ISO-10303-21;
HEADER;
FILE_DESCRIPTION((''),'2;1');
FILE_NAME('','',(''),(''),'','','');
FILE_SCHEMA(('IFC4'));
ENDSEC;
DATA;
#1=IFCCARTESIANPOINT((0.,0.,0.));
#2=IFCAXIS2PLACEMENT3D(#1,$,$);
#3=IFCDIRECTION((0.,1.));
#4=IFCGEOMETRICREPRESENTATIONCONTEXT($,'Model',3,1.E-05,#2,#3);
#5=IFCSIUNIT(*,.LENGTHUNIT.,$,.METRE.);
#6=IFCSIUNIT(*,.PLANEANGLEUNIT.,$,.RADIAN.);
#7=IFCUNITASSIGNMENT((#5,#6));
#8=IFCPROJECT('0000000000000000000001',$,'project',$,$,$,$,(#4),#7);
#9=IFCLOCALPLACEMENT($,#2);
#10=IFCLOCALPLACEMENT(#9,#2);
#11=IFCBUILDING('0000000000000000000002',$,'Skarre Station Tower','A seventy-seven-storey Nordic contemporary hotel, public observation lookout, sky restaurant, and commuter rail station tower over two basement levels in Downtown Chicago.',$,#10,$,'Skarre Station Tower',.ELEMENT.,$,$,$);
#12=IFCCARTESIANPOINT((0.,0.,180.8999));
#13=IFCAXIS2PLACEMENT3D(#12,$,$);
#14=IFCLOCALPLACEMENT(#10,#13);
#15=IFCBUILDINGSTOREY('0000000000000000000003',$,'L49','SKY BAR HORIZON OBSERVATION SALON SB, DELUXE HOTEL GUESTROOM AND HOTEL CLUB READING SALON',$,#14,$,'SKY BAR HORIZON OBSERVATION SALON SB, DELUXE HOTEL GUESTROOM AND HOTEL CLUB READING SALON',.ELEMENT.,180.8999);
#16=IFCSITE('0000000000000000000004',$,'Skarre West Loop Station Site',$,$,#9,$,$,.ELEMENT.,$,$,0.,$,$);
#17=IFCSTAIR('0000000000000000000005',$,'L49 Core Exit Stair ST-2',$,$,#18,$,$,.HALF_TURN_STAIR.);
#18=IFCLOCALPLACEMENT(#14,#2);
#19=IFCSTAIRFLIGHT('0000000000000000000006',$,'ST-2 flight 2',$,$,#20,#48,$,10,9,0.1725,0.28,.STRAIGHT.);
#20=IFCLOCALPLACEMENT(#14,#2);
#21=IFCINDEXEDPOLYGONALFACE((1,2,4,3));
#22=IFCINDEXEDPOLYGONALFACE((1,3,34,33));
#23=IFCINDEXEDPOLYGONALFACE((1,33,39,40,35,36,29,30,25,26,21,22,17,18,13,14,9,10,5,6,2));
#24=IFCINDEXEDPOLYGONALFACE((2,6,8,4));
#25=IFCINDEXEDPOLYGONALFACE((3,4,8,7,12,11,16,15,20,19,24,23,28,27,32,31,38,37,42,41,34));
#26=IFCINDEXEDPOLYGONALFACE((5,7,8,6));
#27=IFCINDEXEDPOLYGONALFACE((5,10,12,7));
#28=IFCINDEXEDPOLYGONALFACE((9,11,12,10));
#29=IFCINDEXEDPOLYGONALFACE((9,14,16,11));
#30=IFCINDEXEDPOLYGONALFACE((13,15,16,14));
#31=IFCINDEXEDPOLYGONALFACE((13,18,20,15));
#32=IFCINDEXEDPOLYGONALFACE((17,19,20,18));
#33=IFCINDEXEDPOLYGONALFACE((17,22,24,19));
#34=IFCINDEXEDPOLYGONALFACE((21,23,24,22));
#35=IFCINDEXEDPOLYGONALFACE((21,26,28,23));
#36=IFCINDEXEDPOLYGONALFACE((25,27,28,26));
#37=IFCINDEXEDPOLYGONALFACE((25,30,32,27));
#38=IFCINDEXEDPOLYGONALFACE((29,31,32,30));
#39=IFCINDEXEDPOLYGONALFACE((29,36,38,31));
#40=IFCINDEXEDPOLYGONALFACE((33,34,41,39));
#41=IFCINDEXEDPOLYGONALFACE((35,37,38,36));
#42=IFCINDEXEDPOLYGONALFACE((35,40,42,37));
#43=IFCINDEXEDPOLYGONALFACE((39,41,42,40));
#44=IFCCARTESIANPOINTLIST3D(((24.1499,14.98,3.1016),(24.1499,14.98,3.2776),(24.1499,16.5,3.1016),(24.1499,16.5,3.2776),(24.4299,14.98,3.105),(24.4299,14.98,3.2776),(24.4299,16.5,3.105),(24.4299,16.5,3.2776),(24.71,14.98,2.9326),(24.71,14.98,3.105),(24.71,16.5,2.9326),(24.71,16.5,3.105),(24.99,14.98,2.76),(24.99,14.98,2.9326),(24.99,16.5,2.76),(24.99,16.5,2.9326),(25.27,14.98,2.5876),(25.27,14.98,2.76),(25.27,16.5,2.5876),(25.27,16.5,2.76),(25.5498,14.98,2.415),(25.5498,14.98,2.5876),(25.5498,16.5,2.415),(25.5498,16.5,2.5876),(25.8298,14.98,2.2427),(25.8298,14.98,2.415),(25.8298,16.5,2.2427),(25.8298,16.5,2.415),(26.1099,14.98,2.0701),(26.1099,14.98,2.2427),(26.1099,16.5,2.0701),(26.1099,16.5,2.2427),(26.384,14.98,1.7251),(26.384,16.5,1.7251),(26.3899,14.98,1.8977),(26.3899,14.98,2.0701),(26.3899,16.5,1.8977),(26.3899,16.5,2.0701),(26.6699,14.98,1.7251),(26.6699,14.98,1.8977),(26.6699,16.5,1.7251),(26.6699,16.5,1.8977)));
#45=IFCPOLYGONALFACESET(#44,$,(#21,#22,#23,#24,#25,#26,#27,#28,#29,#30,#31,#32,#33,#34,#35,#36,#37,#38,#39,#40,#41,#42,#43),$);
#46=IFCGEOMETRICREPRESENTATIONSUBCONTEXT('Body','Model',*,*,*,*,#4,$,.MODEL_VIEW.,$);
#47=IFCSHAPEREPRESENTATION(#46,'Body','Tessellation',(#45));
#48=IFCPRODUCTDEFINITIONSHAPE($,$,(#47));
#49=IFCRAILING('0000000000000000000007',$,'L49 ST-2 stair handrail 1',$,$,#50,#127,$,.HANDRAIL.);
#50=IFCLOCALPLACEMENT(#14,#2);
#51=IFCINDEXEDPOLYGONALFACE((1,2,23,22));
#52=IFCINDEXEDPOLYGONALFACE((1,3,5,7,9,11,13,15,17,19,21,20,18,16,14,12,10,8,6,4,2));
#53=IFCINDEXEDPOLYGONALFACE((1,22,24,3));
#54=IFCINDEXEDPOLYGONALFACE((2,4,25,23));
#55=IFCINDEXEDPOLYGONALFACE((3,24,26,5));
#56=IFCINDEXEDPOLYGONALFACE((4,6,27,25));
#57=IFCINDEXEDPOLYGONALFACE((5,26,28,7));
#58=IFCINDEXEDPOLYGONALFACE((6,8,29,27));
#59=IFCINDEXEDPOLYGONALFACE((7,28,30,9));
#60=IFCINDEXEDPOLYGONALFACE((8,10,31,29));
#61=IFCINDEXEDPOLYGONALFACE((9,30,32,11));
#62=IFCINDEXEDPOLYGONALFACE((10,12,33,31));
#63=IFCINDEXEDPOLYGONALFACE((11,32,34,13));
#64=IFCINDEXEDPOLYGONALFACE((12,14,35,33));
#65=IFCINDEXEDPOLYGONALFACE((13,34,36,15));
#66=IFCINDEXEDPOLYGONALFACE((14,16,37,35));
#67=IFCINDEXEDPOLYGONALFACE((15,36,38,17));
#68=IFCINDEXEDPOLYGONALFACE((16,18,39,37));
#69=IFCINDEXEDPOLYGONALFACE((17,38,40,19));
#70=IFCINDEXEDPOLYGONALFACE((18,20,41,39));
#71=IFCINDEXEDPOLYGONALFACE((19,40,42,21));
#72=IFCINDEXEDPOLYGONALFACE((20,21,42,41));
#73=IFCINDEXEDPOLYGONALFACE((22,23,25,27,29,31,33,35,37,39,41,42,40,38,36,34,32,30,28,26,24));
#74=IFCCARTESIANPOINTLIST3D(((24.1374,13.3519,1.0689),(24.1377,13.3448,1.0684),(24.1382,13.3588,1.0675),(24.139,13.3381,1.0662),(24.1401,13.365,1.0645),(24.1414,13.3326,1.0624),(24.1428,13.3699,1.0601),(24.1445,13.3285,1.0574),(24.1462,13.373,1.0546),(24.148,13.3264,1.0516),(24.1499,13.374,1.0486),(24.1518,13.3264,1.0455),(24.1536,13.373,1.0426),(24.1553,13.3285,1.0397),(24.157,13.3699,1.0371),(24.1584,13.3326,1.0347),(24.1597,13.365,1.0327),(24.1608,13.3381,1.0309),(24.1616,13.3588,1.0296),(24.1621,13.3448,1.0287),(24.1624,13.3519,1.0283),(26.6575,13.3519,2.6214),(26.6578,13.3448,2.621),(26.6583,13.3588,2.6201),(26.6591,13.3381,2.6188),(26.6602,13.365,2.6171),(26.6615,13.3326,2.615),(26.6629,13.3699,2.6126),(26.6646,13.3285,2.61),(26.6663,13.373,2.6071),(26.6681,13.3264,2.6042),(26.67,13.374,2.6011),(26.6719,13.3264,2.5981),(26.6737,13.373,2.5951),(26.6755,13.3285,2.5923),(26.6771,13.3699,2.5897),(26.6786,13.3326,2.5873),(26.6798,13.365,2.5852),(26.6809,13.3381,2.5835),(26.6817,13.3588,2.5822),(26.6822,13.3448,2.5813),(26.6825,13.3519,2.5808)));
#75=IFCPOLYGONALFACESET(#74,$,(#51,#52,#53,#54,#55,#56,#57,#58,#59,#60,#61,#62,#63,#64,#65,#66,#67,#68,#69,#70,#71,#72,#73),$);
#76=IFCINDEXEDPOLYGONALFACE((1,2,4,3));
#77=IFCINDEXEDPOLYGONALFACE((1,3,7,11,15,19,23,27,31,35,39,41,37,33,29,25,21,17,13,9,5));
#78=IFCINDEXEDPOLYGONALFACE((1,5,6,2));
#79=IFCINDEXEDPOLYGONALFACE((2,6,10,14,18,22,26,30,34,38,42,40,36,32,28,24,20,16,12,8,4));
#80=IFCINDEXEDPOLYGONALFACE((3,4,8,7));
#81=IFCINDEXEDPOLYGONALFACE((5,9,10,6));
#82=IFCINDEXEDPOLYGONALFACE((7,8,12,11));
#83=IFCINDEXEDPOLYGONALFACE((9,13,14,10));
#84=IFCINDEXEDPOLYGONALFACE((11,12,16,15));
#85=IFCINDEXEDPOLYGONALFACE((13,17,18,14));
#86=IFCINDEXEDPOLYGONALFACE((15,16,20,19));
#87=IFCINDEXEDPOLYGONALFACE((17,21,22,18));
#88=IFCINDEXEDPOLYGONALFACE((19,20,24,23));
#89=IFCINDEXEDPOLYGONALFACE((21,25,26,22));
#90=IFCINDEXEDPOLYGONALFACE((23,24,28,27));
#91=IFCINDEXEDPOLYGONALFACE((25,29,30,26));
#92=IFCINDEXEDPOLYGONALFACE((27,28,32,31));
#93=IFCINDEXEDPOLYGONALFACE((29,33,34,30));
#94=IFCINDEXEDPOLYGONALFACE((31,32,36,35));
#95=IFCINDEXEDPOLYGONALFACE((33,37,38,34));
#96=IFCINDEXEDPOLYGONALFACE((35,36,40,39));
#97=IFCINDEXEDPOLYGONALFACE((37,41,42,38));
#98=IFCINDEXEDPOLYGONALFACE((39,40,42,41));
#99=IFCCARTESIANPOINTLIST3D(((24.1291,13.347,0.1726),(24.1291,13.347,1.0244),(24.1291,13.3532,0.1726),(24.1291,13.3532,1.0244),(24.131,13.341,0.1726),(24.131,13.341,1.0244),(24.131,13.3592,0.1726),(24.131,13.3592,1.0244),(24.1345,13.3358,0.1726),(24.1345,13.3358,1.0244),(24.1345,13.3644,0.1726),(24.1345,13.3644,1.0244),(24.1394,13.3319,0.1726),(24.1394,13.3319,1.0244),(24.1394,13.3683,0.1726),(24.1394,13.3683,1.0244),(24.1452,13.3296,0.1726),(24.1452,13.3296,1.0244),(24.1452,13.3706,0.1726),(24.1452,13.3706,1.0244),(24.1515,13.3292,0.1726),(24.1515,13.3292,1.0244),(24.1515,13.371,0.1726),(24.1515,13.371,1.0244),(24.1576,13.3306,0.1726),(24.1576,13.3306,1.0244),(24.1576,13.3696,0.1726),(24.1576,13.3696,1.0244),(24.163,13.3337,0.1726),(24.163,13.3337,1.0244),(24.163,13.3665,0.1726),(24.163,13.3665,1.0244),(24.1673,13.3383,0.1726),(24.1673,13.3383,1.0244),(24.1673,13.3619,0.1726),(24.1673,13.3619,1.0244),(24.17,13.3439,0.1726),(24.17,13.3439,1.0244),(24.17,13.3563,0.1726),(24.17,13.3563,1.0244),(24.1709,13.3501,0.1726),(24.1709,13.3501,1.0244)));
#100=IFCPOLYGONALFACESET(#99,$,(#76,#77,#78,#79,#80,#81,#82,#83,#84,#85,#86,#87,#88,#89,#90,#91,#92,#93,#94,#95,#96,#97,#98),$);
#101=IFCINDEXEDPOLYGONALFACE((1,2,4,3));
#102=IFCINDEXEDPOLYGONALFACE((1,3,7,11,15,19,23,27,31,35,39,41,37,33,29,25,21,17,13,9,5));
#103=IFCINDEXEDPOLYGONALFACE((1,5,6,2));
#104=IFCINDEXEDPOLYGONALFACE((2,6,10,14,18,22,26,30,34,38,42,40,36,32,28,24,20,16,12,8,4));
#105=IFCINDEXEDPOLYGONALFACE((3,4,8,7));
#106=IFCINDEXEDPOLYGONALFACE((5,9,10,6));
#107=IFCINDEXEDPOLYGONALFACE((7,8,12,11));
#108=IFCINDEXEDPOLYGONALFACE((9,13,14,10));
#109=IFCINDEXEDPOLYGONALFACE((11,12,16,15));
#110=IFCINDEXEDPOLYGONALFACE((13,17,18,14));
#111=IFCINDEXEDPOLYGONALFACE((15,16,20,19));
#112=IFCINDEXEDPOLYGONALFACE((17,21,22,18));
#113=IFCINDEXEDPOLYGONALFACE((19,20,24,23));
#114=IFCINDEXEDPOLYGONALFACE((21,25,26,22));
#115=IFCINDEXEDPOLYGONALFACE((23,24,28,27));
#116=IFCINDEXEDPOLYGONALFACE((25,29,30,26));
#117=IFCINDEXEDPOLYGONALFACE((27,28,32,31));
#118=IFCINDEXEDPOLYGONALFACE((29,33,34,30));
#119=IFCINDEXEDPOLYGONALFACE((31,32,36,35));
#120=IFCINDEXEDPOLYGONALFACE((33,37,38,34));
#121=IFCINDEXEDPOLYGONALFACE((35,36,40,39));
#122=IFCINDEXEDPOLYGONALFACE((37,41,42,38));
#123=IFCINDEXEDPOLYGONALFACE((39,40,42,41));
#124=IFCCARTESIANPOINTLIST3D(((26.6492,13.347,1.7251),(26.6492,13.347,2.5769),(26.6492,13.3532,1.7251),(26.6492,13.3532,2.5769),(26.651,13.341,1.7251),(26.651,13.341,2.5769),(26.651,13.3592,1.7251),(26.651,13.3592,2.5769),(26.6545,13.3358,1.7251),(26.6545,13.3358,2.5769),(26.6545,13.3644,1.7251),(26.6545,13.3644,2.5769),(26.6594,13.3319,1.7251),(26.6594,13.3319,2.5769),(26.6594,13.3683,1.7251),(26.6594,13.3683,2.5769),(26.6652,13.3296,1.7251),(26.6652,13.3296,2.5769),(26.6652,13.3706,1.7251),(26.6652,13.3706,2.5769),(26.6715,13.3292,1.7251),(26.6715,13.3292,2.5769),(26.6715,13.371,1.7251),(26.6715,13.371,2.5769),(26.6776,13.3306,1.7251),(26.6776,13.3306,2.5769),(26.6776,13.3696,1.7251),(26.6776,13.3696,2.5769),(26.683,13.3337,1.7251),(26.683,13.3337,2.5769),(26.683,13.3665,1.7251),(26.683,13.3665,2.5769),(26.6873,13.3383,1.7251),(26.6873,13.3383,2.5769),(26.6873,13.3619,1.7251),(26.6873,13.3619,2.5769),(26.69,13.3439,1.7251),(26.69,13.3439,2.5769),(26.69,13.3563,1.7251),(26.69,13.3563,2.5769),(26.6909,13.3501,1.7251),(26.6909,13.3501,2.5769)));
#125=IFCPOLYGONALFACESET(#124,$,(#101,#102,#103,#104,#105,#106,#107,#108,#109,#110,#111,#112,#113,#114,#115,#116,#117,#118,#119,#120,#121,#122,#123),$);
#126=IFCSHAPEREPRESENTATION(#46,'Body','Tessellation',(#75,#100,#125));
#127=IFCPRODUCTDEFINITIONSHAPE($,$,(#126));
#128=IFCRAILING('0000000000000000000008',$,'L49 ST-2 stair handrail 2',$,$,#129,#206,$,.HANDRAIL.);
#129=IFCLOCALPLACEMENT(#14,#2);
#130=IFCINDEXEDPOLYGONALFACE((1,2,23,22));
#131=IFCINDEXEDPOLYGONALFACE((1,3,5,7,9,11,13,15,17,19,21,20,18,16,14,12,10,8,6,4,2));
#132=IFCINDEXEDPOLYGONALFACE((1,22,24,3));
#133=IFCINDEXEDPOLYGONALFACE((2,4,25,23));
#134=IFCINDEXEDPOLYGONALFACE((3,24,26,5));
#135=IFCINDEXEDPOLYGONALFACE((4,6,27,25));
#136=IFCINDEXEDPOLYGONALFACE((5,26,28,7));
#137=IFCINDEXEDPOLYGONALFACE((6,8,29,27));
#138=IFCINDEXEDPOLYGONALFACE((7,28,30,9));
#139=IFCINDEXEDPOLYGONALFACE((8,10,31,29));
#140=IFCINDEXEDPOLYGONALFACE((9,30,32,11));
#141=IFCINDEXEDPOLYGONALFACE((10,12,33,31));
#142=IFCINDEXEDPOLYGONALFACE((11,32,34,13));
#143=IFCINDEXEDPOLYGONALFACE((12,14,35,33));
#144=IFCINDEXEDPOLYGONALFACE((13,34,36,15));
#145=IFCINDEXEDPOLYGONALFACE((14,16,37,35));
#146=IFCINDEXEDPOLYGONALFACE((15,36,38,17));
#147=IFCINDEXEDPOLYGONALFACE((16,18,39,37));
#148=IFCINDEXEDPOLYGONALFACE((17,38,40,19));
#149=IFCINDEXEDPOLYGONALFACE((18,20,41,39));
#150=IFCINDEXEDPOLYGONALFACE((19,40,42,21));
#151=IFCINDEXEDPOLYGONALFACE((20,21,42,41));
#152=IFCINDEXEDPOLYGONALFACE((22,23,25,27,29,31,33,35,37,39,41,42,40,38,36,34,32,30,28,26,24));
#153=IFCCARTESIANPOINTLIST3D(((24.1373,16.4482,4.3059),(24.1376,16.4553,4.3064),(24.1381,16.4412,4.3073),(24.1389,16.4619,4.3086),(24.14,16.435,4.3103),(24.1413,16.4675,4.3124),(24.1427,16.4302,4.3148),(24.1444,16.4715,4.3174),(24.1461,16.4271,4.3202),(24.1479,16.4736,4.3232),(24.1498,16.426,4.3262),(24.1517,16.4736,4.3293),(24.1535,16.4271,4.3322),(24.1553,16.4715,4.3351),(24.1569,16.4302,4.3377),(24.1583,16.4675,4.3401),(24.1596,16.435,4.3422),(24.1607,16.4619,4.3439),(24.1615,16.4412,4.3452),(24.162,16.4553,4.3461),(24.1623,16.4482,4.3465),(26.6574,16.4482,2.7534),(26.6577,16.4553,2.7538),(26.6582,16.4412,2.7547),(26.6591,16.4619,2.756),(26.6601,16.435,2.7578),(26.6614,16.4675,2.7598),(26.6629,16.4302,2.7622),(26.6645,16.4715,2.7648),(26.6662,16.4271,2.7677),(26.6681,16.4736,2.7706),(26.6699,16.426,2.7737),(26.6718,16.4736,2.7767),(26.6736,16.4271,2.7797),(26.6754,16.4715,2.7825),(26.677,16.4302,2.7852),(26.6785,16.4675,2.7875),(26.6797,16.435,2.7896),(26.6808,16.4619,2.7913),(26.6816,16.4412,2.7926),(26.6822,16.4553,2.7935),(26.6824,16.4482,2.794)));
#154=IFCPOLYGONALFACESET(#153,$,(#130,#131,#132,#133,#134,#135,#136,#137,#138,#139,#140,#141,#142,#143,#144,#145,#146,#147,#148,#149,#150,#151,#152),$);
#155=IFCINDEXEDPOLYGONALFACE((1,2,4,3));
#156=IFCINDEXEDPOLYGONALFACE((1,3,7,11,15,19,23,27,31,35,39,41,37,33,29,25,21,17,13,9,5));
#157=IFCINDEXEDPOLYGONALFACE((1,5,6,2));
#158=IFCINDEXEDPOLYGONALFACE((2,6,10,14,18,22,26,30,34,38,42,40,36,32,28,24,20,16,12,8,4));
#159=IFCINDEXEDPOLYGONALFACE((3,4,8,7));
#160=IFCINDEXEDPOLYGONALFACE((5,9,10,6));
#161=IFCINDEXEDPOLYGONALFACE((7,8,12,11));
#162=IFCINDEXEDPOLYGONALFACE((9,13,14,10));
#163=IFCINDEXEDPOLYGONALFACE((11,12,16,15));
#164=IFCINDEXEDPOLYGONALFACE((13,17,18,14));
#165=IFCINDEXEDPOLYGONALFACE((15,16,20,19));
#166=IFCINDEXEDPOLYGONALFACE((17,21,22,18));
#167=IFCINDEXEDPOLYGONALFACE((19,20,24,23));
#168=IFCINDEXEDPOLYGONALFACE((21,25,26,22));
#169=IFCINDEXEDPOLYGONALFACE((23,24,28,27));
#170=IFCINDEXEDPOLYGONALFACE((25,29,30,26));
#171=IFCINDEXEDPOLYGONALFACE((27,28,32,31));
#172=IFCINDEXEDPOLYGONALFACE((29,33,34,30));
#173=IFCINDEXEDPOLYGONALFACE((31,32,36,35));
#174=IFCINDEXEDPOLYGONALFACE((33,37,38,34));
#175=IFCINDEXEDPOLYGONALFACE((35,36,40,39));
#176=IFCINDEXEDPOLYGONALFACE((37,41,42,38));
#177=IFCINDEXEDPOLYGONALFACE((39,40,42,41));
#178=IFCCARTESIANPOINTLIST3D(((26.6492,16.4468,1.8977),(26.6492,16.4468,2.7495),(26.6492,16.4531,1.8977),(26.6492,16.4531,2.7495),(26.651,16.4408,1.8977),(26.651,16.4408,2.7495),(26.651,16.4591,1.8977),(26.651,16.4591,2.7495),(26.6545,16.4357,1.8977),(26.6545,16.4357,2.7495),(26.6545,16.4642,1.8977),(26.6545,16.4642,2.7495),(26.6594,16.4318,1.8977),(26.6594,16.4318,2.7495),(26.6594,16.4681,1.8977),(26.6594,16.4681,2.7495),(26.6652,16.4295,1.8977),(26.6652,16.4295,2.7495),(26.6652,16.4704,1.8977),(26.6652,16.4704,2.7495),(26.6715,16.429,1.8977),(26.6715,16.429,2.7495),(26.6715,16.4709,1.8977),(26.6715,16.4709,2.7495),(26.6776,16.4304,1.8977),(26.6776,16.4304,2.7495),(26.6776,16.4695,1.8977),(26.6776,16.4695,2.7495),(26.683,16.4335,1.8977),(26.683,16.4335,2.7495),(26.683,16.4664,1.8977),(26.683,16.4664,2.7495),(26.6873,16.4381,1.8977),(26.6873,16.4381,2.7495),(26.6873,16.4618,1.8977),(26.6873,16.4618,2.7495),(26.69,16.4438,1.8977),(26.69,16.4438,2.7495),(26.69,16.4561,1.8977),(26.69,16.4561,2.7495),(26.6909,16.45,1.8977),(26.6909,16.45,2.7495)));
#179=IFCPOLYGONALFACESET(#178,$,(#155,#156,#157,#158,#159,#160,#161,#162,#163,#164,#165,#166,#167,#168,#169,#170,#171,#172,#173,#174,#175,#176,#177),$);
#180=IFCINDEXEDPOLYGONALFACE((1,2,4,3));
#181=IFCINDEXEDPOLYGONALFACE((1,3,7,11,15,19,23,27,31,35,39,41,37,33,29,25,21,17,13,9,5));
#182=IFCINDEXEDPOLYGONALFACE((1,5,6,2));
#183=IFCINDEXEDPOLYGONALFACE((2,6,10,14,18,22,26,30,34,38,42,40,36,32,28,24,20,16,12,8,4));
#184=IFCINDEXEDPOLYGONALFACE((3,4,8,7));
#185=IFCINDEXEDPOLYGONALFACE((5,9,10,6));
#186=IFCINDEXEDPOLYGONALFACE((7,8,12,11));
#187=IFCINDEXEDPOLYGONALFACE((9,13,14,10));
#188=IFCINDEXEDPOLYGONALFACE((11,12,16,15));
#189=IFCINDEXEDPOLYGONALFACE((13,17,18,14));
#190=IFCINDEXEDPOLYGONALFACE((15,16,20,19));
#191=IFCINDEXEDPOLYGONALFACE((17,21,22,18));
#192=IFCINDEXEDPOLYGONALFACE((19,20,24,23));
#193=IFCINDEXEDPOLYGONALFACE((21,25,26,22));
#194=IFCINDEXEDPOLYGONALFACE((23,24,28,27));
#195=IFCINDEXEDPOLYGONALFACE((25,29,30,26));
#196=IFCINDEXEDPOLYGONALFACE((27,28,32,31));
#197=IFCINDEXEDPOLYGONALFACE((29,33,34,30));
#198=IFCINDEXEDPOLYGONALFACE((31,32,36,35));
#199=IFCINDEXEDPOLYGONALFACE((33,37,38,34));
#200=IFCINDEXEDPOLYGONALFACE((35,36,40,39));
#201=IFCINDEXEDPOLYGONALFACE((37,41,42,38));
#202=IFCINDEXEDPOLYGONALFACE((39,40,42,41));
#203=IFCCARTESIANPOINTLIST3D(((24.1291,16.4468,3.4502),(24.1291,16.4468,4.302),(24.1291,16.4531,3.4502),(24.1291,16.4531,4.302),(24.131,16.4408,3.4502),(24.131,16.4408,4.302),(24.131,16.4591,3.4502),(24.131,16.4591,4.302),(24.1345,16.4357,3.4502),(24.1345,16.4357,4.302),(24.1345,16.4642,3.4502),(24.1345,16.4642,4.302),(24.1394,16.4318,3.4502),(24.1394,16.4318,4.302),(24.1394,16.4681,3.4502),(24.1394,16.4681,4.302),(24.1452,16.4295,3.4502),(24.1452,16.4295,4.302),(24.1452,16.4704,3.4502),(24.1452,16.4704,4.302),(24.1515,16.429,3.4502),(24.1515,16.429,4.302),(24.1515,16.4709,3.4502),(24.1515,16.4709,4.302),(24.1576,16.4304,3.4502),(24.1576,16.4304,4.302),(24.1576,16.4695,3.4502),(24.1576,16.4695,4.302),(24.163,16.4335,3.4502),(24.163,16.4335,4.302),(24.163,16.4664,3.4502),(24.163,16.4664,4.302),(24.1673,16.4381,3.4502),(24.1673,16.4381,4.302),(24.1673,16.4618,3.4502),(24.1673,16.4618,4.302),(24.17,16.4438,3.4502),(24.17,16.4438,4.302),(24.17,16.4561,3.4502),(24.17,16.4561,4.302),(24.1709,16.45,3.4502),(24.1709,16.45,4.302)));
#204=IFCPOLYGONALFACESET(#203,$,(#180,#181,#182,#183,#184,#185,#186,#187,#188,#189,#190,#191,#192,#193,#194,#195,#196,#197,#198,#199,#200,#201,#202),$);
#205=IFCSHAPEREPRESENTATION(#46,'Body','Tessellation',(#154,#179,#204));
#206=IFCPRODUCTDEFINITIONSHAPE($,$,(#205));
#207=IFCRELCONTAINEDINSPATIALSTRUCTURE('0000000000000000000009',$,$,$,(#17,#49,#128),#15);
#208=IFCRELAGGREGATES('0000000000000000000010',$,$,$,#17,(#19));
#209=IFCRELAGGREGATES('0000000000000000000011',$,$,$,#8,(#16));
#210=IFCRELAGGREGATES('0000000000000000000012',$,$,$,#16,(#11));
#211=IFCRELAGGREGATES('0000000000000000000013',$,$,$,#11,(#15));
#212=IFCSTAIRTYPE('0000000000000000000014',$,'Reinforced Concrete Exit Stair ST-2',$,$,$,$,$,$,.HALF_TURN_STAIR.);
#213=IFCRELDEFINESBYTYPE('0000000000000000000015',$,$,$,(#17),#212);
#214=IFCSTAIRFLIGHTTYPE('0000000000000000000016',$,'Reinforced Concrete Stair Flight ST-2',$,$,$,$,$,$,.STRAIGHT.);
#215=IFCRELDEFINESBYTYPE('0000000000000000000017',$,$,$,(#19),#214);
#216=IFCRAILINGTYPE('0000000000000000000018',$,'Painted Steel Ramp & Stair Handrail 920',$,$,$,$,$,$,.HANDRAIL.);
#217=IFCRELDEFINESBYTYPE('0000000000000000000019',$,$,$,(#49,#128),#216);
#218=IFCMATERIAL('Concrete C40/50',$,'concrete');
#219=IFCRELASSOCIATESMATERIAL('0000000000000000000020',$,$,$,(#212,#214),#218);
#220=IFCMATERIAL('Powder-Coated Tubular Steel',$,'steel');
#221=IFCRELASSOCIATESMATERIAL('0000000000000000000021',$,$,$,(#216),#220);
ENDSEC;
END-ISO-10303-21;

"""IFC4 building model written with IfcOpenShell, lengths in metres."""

from ifc_helpers import new_model, si_unit, direction, frame, origin, origin_2d, place, context, subcontext, project, spatial, polyline, circle, outline, extrude, material, type_object, element, aggregate, save


model = new_model("IFC4")

# Units and contexts
model_context = context("Model", 3, precision=1e-05, world=origin(), true_north=direction((0.0, 1.0)))
body_context = subcontext(model_context, "Body", "Model", "MODEL_VIEW")
ifc_project = project(units=[si_unit("LENGTHUNIT", "METRE"), si_unit("PLANEANGLEUNIT", "RADIAN")], contexts=[model_context])

# Site, building, storey
site_placement = place(None, origin())
site = spatial("IfcSite", under=ifc_project, at=site_placement, Name="Skarre West Loop Station Site", CompositionType="ELEMENT", RefElevation=0.0)
building_placement = place(site_placement, origin())
building = spatial("IfcBuilding", under=site, at=building_placement, Name="Skarre Station Tower", Description="A seventy-seven-storey Nordic contemporary hotel, public observation lookout, sky restaurant, and commuter rail station tower over two basement levels in Downtown Chicago.", LongName="Skarre Station Tower", CompositionType="ELEMENT")
storey_placement = place(building_placement, frame((0.0, 0.0, 180.8999)))
storey = spatial("IfcBuildingStorey", under=building, at=storey_placement, Name="L49", Description="SKY BAR HORIZON OBSERVATION SALON SB, DELUXE HOTEL GUESTROOM AND HOTEL CLUB READING SALON", LongName="SKY BAR HORIZON OBSERVATION SALON SB, DELUXE HOTEL GUESTROOM AND HOTEL CLUB READING SALON", CompositionType="ELEMENT", Elevation=180.8999)

# Stair, stair flight
ifc_material_1 = material(Name="Concrete C40/50", Category="concrete")
stair_type = type_object("IfcStairType", Name="Reinforced Concrete Exit Stair ST-2", PredefinedType="HALF_TURN_STAIR", material=ifc_material_1)
stair_placement = place(storey_placement, origin())
stair = element("IfcStair", 1, at=stair_placement, inside=storey, type_object=stair_type, Name="L49 Core Exit Stair ST-2", PredefinedType="HALF_TURN_STAIR")
stair_flight_type = type_object("IfcStairFlightType", Name="Reinforced Concrete Stair Flight ST-2", PredefinedType="STRAIGHT", material=ifc_material_1)
stair_flight_1_placement = place(storey_placement, frame((26.6699, 15.74, 1.7251), z_axis=(0.0, 0.0, 1.0), x_axis=(-1.0, 0.0, 0.0)))
stair_flight_1 = element("IfcStairFlight", 2, at=stair_flight_1_placement, type_object=stair_flight_type, Name="ST-2 flight 2", NumberOfRisers=10, NumberOfTreads=9, PredefinedType="STRAIGHT", RiserHeight=0.1725, TreadLength=0.28, context=body_context, shape_type="SweptSolid", body=[
    extrude(outline(polyline([(0.0, 0.0), (0.0, 0.1726), (0.28, 0.1726), (0.28, 0.345), (0.5601, 0.345), (0.5601, 0.5176), (0.8401, 0.5176), (0.8401, 0.6899), (1.1201, 0.6899), (1.1201, 0.8625), (1.3999, 0.8625), (1.3999, 1.0349), (1.6799, 1.0349), (1.6799, 1.2075), (1.96, 1.2075), (1.96, 1.3799), (2.24, 1.3799), (2.24, 1.5525), (2.52, 1.5525), (2.52, 1.7251), (2.52, 1.3765), (0.2859, 0.0), (0.0, 0.0)])), frame((0.0, 0.76, 0.0), z_axis=(0.0, -1.0, 0.0), x_axis=(1.0, 0.0, 0.0)), (0.0, 0.0, 1.0), 1.52),
])
aggregate(stair, [stair_flight_1])

# Railings
ifc_material_2 = material(Name="Powder-Coated Tubular Steel", Category="steel")
railing_type_1 = type_object("IfcRailingType", Name="Painted Steel Ramp & Stair Handrail 920", PredefinedType="HANDRAIL", material=ifc_material_2)
railing_1_placement = place(storey_placement, frame((24.1499, 13.3501, 0.1726)))
element("IfcRailing", 3, at=railing_1_placement, inside=storey, type_object=railing_type_1, Name="L49 ST-2 stair handrail 1", PredefinedType="HANDRAIL", context=body_context, shape_type="SweptSolid", body=[
    extrude(circle(Radius=0.0239, at=origin_2d()), frame((0.0, 0.0, 0.876), z_axis=(0.8514, 0.0, 0.524516), x_axis=(0.0, 1.0, 0.0)), (0.0, 0.0, 1.0), 2.96),
    extrude(circle(Radius=0.021, at=origin_2d()), origin(), (0.0, 0.0, 1.0), 0.8518),
    extrude(circle(Radius=0.021, at=origin_2d()), frame((2.52, 0.0, 1.5525)), (0.0, 0.0, 1.0), 0.8518),
])
railing_2_placement = place(storey_placement, frame((26.6699, 16.45, 1.8977)))
element("IfcRailing", 4, at=railing_2_placement, inside=storey, type_object=railing_type_1, Name="L49 ST-2 stair handrail 2", PredefinedType="HANDRAIL", context=body_context, shape_type="SweptSolid", body=[
    extrude(circle(Radius=0.0239, at=origin_2d()), frame((0.0, 0.0, 0.876), z_axis=(-0.8514, 0.0, 0.524516), x_axis=(0.0, -1.0, 0.0)), (0.0, 0.0, 1.0), 2.96),
    extrude(circle(Radius=0.021, at=origin_2d()), origin(), (0.0, 0.0, 1.0), 0.8518),
    extrude(circle(Radius=0.021, at=origin_2d()), frame((-2.52, 0.0, 1.5525)), (0.0, 0.0, 1.0), 0.8518),
])

save(model, "model.ifc")
